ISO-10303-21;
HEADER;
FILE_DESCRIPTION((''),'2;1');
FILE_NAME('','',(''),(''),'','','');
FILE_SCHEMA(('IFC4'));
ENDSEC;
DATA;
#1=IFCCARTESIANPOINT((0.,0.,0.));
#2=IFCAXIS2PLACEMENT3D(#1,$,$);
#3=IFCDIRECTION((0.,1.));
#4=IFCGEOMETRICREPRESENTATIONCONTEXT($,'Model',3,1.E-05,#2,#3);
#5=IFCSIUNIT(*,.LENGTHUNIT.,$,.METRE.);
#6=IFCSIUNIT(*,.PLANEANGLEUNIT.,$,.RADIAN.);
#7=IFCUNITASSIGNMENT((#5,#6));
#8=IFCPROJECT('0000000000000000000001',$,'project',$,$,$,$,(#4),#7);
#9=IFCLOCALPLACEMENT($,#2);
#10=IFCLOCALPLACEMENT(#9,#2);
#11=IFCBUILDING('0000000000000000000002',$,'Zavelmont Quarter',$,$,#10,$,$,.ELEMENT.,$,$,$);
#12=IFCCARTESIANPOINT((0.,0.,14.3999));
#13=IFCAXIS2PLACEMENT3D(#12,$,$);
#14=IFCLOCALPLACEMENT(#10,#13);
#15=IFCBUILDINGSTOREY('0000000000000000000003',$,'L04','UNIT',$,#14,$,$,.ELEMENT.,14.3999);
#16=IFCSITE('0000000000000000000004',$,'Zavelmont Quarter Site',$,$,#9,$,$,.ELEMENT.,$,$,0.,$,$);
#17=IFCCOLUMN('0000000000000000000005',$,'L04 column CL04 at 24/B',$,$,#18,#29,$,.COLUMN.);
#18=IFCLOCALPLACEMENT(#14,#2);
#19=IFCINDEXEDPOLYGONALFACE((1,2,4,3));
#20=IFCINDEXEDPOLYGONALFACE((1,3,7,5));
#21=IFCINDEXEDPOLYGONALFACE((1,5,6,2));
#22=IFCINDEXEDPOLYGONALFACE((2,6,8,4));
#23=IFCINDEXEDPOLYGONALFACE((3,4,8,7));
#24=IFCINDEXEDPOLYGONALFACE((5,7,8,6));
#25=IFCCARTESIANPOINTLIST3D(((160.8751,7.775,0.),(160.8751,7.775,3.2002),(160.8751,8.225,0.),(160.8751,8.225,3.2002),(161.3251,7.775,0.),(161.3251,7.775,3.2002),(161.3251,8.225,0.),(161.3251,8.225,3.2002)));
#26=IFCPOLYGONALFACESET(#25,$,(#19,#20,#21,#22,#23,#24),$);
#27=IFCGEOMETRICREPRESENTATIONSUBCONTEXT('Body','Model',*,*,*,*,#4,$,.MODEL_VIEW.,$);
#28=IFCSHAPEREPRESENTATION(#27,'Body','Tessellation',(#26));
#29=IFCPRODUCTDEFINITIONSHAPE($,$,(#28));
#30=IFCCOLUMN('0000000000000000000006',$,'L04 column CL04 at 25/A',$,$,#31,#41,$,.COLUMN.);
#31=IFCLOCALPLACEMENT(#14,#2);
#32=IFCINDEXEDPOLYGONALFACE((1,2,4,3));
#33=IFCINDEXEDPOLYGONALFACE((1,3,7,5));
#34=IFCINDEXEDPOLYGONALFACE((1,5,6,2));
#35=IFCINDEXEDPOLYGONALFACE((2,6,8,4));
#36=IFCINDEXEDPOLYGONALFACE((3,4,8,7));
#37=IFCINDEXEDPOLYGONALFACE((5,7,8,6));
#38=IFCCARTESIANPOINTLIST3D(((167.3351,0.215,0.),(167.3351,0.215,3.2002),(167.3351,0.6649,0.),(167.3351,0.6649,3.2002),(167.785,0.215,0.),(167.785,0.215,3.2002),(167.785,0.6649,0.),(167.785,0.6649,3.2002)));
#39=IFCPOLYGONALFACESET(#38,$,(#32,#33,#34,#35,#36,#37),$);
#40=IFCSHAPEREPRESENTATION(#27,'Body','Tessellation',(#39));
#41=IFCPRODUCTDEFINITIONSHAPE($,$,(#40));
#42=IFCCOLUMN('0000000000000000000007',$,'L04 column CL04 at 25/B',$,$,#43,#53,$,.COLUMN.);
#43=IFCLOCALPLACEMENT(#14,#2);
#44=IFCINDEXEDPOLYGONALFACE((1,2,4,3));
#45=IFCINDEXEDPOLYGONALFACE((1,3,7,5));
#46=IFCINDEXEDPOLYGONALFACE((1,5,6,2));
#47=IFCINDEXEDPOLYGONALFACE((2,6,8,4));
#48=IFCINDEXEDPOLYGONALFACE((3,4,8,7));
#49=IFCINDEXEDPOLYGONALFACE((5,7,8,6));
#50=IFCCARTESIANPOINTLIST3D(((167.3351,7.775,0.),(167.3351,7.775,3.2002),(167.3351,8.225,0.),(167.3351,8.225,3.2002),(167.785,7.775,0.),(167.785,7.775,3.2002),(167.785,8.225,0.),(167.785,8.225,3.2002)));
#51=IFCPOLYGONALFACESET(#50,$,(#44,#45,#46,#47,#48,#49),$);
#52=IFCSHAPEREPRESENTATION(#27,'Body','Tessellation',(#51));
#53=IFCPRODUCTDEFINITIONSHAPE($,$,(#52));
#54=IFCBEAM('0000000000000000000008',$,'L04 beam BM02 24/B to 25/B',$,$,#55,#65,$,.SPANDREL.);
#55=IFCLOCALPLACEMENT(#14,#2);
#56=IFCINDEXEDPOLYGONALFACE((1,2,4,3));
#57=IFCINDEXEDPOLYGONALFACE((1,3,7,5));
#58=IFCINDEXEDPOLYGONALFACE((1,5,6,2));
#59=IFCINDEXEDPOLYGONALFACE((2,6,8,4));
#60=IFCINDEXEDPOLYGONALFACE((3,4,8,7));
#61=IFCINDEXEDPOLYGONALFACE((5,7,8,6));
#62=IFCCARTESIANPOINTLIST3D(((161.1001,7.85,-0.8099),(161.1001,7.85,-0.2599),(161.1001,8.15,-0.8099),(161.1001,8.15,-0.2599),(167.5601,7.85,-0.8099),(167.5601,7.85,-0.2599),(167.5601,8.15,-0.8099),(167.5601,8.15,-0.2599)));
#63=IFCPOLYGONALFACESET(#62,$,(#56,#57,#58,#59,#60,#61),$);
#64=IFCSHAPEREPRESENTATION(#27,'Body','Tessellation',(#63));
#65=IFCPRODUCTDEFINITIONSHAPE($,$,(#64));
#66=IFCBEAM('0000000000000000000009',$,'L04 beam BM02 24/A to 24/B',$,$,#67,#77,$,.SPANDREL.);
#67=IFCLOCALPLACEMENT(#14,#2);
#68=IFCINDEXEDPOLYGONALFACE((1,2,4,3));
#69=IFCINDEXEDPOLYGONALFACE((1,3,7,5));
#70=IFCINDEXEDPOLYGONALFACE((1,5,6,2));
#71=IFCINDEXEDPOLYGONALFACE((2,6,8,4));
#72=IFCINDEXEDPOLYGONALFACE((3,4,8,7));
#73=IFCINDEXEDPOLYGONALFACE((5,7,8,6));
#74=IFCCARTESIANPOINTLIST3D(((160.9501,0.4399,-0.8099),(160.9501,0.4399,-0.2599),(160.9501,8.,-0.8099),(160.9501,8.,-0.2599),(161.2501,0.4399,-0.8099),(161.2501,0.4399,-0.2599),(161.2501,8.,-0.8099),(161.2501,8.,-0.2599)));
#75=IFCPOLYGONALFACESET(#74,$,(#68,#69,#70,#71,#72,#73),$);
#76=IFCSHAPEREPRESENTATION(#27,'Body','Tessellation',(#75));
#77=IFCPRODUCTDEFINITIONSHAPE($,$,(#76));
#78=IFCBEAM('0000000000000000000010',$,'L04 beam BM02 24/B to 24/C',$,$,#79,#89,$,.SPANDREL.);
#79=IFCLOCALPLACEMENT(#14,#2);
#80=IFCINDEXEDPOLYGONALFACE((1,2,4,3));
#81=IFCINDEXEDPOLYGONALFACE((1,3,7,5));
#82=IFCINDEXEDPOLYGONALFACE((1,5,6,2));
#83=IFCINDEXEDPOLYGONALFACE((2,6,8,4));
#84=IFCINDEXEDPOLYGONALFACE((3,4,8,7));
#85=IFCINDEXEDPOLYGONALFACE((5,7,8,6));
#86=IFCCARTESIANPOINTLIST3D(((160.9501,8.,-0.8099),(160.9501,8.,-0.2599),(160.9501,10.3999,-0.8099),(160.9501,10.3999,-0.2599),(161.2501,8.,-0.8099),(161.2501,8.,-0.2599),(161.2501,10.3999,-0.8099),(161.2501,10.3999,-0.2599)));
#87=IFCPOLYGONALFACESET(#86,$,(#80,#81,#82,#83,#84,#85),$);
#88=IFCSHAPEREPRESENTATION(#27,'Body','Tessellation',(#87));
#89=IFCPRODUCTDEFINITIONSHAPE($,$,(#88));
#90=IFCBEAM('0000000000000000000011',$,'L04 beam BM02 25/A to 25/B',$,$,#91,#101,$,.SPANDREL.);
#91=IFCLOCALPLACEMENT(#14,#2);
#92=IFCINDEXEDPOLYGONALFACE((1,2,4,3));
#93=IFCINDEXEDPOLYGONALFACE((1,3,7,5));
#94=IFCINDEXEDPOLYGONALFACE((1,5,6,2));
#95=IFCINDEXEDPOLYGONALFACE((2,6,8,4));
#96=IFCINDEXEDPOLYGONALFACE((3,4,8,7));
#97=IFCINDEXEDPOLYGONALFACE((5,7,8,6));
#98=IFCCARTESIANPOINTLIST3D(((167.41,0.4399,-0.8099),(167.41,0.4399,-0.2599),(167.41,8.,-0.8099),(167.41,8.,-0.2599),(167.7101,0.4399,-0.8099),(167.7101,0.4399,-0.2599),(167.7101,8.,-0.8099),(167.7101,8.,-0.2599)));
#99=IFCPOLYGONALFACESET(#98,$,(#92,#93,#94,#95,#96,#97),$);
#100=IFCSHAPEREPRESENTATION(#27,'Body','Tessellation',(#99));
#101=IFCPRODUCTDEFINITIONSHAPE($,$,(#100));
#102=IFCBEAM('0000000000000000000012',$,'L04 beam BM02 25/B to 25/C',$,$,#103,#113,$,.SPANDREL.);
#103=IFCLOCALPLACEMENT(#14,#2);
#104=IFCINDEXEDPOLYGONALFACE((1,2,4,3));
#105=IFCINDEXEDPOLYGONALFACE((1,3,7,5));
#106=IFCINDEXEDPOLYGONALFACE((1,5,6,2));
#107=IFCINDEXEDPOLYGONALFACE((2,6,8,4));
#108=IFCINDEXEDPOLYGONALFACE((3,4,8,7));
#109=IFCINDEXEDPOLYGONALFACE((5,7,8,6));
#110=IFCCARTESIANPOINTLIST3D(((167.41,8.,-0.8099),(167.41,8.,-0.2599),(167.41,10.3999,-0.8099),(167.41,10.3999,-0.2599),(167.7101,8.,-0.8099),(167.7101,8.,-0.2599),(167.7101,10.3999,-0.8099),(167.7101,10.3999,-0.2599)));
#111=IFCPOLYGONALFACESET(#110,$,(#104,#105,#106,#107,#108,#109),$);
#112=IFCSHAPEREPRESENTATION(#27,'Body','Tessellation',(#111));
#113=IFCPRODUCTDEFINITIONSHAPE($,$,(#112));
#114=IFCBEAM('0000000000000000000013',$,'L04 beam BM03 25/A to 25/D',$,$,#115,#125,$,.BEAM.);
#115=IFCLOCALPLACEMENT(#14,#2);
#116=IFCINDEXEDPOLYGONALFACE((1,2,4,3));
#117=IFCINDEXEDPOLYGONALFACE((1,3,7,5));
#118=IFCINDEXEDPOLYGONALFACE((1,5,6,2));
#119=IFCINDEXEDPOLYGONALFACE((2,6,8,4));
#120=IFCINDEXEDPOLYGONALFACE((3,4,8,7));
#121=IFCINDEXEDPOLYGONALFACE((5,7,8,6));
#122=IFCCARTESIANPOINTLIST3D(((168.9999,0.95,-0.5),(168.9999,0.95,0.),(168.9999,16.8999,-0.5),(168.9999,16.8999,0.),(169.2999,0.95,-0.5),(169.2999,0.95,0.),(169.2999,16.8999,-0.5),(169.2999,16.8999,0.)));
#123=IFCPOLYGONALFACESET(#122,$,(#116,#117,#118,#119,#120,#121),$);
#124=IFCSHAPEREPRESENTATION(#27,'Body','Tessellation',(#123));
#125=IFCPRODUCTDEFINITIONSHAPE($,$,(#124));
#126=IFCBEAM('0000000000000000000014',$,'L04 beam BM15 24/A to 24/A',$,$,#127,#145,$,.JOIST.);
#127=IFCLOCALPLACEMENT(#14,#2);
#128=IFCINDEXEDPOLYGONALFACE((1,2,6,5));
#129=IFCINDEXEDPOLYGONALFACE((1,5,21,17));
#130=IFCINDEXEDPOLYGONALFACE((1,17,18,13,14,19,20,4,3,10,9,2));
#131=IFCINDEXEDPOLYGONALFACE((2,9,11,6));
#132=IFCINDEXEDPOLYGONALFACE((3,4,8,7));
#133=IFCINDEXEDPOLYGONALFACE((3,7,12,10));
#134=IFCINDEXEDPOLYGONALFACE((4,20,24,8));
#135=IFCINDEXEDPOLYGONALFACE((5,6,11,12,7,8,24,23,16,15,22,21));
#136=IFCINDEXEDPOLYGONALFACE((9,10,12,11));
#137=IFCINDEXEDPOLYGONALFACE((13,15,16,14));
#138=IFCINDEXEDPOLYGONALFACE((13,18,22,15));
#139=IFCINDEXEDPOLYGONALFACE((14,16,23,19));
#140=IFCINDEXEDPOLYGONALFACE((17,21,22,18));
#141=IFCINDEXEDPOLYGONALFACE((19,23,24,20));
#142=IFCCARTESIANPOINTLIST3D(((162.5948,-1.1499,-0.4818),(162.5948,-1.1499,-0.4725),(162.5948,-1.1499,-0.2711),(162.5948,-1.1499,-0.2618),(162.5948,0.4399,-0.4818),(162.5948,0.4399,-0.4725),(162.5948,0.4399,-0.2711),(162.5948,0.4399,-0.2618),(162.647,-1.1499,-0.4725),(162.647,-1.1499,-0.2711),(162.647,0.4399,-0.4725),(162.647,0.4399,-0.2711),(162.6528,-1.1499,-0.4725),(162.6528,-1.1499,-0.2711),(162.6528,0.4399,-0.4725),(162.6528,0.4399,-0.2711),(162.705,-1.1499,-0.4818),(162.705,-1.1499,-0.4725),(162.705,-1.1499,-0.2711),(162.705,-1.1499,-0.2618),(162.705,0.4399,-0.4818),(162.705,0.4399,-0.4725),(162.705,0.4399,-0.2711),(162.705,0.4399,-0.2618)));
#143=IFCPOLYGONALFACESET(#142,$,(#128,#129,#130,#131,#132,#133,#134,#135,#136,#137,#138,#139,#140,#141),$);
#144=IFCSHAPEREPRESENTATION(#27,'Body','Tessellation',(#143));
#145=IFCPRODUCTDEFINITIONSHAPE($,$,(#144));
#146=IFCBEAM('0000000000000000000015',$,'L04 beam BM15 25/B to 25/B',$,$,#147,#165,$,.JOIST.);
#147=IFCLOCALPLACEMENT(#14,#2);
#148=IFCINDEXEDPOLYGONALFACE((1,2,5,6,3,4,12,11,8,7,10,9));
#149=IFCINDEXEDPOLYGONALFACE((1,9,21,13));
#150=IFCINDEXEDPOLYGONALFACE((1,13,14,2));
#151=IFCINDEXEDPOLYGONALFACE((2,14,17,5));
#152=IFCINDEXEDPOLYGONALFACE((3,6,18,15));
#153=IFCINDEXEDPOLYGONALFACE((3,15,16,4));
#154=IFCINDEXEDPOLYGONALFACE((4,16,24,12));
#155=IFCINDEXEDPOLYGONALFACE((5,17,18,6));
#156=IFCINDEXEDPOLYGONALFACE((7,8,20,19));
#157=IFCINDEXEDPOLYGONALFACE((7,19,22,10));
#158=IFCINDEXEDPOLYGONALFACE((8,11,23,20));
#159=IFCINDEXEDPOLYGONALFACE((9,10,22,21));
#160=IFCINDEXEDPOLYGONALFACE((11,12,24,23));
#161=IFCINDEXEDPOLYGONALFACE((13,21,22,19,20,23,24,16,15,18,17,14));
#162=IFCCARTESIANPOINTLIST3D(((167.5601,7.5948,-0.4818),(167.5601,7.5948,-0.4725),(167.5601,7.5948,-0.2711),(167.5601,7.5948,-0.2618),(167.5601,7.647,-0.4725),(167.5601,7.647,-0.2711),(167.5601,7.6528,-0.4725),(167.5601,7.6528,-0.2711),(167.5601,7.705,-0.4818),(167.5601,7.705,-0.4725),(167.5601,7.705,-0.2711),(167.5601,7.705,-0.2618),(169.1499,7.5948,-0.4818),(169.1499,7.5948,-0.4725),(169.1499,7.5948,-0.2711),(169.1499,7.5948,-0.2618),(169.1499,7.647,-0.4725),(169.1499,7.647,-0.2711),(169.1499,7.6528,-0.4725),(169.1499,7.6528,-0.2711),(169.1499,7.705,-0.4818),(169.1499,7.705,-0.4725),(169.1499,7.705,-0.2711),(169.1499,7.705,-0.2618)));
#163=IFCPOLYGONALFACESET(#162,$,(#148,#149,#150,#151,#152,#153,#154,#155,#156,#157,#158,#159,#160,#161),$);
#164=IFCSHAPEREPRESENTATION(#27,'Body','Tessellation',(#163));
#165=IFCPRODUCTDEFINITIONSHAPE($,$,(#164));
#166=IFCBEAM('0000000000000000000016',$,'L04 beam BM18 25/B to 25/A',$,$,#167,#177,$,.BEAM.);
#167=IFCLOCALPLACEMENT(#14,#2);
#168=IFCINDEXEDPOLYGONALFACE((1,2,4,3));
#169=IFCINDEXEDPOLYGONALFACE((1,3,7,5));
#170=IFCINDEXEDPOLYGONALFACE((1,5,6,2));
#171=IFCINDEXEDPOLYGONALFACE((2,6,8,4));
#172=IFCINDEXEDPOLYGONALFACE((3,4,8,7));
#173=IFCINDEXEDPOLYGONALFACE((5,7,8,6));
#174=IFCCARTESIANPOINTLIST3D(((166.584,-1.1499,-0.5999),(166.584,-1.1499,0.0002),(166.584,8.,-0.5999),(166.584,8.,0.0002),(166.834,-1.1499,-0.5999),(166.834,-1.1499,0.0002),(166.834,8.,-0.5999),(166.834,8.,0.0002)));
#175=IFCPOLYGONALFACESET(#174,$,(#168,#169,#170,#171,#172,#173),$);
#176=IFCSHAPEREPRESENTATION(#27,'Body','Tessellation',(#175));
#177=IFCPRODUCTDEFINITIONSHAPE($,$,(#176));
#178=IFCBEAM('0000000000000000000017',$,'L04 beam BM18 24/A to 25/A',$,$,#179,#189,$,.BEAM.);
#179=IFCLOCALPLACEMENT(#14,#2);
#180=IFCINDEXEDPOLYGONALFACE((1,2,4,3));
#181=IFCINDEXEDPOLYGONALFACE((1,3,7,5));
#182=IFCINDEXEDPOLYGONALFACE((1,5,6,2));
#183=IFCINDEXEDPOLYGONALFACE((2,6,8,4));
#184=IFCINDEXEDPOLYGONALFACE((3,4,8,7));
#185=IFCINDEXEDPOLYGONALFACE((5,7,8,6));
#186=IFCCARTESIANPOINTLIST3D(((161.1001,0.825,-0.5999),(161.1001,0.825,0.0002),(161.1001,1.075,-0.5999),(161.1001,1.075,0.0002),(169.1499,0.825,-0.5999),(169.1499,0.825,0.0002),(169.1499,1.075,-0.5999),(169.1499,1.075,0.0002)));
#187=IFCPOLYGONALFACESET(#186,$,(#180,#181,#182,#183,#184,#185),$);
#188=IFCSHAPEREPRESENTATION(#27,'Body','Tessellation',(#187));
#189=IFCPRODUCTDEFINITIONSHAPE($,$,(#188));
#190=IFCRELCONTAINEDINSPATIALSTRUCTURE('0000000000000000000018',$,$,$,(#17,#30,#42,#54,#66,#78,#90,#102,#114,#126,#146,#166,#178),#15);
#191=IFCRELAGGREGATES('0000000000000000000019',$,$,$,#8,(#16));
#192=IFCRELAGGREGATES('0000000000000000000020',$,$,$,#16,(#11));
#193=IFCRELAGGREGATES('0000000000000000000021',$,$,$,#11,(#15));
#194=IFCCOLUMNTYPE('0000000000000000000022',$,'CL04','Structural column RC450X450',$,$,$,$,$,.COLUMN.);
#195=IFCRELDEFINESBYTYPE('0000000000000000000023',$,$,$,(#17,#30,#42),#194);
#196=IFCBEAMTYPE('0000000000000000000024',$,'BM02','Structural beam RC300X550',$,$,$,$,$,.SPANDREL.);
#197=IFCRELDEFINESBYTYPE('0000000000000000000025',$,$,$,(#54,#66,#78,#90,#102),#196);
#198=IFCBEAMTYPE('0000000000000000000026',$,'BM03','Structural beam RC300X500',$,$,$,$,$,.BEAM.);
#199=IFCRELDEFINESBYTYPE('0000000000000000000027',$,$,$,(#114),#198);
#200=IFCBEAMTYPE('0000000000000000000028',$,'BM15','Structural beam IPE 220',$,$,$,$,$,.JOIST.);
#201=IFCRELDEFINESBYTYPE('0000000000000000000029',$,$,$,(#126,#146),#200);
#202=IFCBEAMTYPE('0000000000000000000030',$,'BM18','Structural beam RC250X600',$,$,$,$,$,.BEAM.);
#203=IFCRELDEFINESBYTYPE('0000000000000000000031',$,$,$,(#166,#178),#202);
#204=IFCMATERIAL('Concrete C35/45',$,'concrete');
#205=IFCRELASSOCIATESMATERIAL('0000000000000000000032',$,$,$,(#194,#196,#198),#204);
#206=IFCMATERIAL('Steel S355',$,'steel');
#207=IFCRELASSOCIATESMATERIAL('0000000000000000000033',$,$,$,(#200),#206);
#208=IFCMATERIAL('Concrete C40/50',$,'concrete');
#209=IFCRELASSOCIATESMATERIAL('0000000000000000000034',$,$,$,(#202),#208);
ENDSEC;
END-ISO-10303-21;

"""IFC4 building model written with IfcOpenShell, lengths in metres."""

from ifc_helpers import new_model, si_unit, direction, frame, origin, origin_2d, place, context, subcontext, project, spatial, rectangle, i_section, extrude, material, material_profile, profile_set, type_object, element, save


model = new_model("IFC4")

# Units and contexts
model_context = context("Model", 3, precision=1e-05, world=origin(), true_north=direction((0.0, 1.0)))
body_context = subcontext(model_context, "Body", "Model", "MODEL_VIEW")
ifc_project = project(units=[si_unit("LENGTHUNIT", "METRE"), si_unit("PLANEANGLEUNIT", "RADIAN")], contexts=[model_context])

# Site, building, storey
site_placement = place(None, origin())
site = spatial("IfcSite", under=ifc_project, at=site_placement, Name="Zavelmont Quarter Site", CompositionType="ELEMENT", RefElevation=0.0)
building_placement = place(site_placement, origin())
building = spatial("IfcBuilding", under=site, at=building_placement, Name="Zavelmont Quarter", CompositionType="ELEMENT")
storey_placement = place(building_placement, frame((0.0, 0.0, 14.3999)))
storey = spatial("IfcBuildingStorey", under=building, at=storey_placement, Name="L04", Description="UNIT", CompositionType="ELEMENT", Elevation=14.3999)

# Columns
ifc_material_1 = material(Name="Concrete C35/45", Category="concrete")
ifc_material_profile_1 = material_profile(ifc_material_1, rectangle(XDim=0.45, YDim=0.45, at=origin_2d()), Name="RC450X450")
ifc_profile_set_1 = profile_set([ifc_material_profile_1], Name="Concrete C35/45")
column_type = type_object("IfcColumnType", Name="CL04", Description="Structural column RC450X450", PredefinedType="COLUMN", material=ifc_profile_set_1)
for number, where, z_axis, x_axis, name in (
    (1, (161.1001, 8.0, 0.0), (0.0, 0.0, 1.0), (1.0, 0.0, 0.0), "L04 column CL04 at 24/B"),
    (2, (167.5601, 0.4399, 0.0), (0.0, 0.0, 1.0), (1.0, 0.0, 0.0), "L04 column CL04 at 25/A"),
    (3, (167.5601, 8.0, 0.0), (0.0, 0.0, 1.0), (1.0, 0.0, 0.0), "L04 column CL04 at 25/B"),
):
    element("IfcColumn", number, at=place(storey_placement, frame(where, z_axis=z_axis, x_axis=x_axis)), inside=storey, type_object=column_type, Name=name, PredefinedType="COLUMN", context=body_context, shape_type="SweptSolid", body=[
        extrude(rectangle(XDim=0.45, YDim=0.45, at=origin_2d()), origin(), (0.0, 0.0, 1.0), 3.2002),
    ])

# Beams
ifc_material_profile_2 = material_profile(ifc_material_1, rectangle(XDim=0.3, YDim=0.55, at=origin_2d()), Name="RC300X550")
ifc_profile_set_2 = profile_set([ifc_material_profile_2], Name="Concrete C35/45")
beam_type_1 = type_object("IfcBeamType", Name="BM02", Description="Structural beam RC300X550", PredefinedType="SPANDREL", material=ifc_profile_set_2)
beam_1_placement = place(storey_placement, frame((161.1001, 8.0, -0.5349), z_axis=(1.0, 0.0, 0.0), x_axis=(0.0, 1.0, 0.0)))
element("IfcBeam", 4, at=beam_1_placement, inside=storey, type_object=beam_type_1, Name="L04 beam BM02 24/B to 25/B", PredefinedType="SPANDREL", context=body_context, shape_type="SweptSolid", body=[
    extrude(rectangle(XDim=0.3, YDim=0.55, at=origin_2d()), origin(), (0.0, 0.0, 1.0), 6.46),
])
beam_2_placement = place(storey_placement, frame((161.1001, 0.4399, -0.5349), z_axis=(0.0, 1.0, 0.0), x_axis=(-1.0, 0.0, 0.0)))
element("IfcBeam", 5, at=beam_2_placement, inside=storey, type_object=beam_type_1, Name="L04 beam BM02 24/A to 24/B", PredefinedType="SPANDREL", context=body_context, shape_type="SweptSolid", body=[
    extrude(rectangle(XDim=0.3, YDim=0.55, at=origin_2d()), origin(), (0.0, 0.0, 1.0), 7.5601),
])
beam_3_placement = place(storey_placement, frame((161.1001, 8.0, -0.5349), z_axis=(0.0, 1.0, 0.0), x_axis=(-1.0, 0.0, 0.0)))
element("IfcBeam", 6, at=beam_3_placement, inside=storey, type_object=beam_type_1, Name="L04 beam BM02 24/B to 24/C", PredefinedType="SPANDREL", context=body_context, shape_type="SweptSolid", body=[
    extrude(rectangle(XDim=0.3, YDim=0.55, at=origin_2d()), origin(), (0.0, 0.0, 1.0), 2.3999),
])
beam_4_placement = place(storey_placement, frame((167.5601, 0.4399, -0.5349), z_axis=(0.0, 1.0, 0.0), x_axis=(-1.0, 0.0, 0.0)))
element("IfcBeam", 7, at=beam_4_placement, inside=storey, type_object=beam_type_1, Name="L04 beam BM02 25/A to 25/B", PredefinedType="SPANDREL", context=body_context, shape_type="SweptSolid", body=[
    extrude(rectangle(XDim=0.3, YDim=0.55, at=origin_2d()), origin(), (0.0, 0.0, 1.0), 7.5601),
])
beam_5_placement = place(storey_placement, frame((167.5601, 8.0, -0.5349), z_axis=(0.0, 1.0, 0.0), x_axis=(-1.0, 0.0, 0.0)))
element("IfcBeam", 8, at=beam_5_placement, inside=storey, type_object=beam_type_1, Name="L04 beam BM02 25/B to 25/C", PredefinedType="SPANDREL", context=body_context, shape_type="SweptSolid", body=[
    extrude(rectangle(XDim=0.3, YDim=0.55, at=origin_2d()), origin(), (0.0, 0.0, 1.0), 2.3999),
])
ifc_material_profile_3 = material_profile(ifc_material_1, rectangle(XDim=0.3, YDim=0.5, at=origin_2d()), Name="RC300X500")
ifc_profile_set_3 = profile_set([ifc_material_profile_3], Name="Concrete C35/45")
beam_type_2 = type_object("IfcBeamType", Name="BM03", Description="Structural beam RC300X500", PredefinedType="BEAM", material=ifc_profile_set_3)
beam_6_placement = place(storey_placement, frame((169.1499, 0.95, -0.25), z_axis=(0.0, 1.0, 0.0), x_axis=(-1.0, 0.0, 0.0)))
element("IfcBeam", 9, at=beam_6_placement, inside=storey, type_object=beam_type_2, Name="L04 beam BM03 25/A to 25/D", PredefinedType="BEAM", context=body_context, shape_type="SweptSolid", body=[
    extrude(rectangle(XDim=0.3, YDim=0.5, at=origin_2d()), origin(), (0.0, 0.0, 1.0), 15.95),
])
ifc_material_2 = material(Name="Steel S355", Category="steel")
ifc_material_profile_4 = material_profile(ifc_material_2, i_section(OverallWidth=0.1101, OverallDepth=0.22, WebThickness=0.0059, FlangeThickness=0.0093, at=origin_2d()), Name="IPE 220")
ifc_profile_set_4 = profile_set([ifc_material_profile_4], Name="Steel S355")
beam_type_3 = type_object("IfcBeamType", Name="BM15", Description="Structural beam IPE 220", PredefinedType="JOIST", material=ifc_profile_set_4)
for number, where, z_axis, x_axis, name in (
    (10, (162.6499, 0.4399, -0.3718), (0.0, -1.0, 0.0), (1.0, 0.0, 0.0), "L04 beam BM15 24/A to 24/A"),
    (11, (167.5601, 7.6499, -0.3718), (1.0, 0.0, 0.0), (0.0, 1.0, 0.0), "L04 beam BM15 25/B to 25/B"),
):
    element("IfcBeam", number, at=place(storey_placement, frame(where, z_axis=z_axis, x_axis=x_axis)), inside=storey, type_object=beam_type_3, Name=name, PredefinedType="JOIST", context=body_context, shape_type="SweptSolid", body=[
        extrude(i_section(OverallWidth=0.1101, OverallDepth=0.22, WebThickness=0.0059, FlangeThickness=0.0093, at=origin_2d()), origin(), (0.0, 0.0, 1.0), 1.5898),
    ])
ifc_material_3 = material(Name="Concrete C40/50", Category="concrete")
ifc_material_profile_5 = material_profile(ifc_material_3, rectangle(XDim=0.25, YDim=0.6001, at=origin_2d()), Name="RC250X600")
ifc_profile_set_5 = profile_set([ifc_material_profile_5], Name="Concrete C40/50")
beam_type_4 = type_object("IfcBeamType", Name="BM18", Description="Structural beam RC250X600", PredefinedType="BEAM", material=ifc_profile_set_5)
beam_7_placement = place(storey_placement, frame((166.709, 8.0, -0.2998), z_axis=(0.0, -1.0, 0.0), x_axis=(1.0, 0.0, 0.0)))
element("IfcBeam", 12, at=beam_7_placement, inside=storey, type_object=beam_type_4, Name="L04 beam BM18 25/B to 25/A", PredefinedType="BEAM", context=body_context, shape_type="SweptSolid", body=[
    extrude(rectangle(XDim=0.25, YDim=0.6001, at=origin_2d()), origin(), (0.0, 0.0, 1.0), 9.1499),
])
beam_8_placement = place(storey_placement, frame((161.1001, 0.95, -0.2998), z_axis=(1.0, 0.0, 0.0), x_axis=(0.0, 1.0, 0.0)))
element("IfcBeam", 13, at=beam_8_placement, inside=storey, type_object=beam_type_4, Name="L04 beam BM18 24/A to 25/A", PredefinedType="BEAM", context=body_context, shape_type="SweptSolid", body=[
    extrude(rectangle(XDim=0.25, YDim=0.6001, at=origin_2d()), origin(), (0.0, 0.0, 1.0), 8.0498),
])

save(model, "model.ifc")
